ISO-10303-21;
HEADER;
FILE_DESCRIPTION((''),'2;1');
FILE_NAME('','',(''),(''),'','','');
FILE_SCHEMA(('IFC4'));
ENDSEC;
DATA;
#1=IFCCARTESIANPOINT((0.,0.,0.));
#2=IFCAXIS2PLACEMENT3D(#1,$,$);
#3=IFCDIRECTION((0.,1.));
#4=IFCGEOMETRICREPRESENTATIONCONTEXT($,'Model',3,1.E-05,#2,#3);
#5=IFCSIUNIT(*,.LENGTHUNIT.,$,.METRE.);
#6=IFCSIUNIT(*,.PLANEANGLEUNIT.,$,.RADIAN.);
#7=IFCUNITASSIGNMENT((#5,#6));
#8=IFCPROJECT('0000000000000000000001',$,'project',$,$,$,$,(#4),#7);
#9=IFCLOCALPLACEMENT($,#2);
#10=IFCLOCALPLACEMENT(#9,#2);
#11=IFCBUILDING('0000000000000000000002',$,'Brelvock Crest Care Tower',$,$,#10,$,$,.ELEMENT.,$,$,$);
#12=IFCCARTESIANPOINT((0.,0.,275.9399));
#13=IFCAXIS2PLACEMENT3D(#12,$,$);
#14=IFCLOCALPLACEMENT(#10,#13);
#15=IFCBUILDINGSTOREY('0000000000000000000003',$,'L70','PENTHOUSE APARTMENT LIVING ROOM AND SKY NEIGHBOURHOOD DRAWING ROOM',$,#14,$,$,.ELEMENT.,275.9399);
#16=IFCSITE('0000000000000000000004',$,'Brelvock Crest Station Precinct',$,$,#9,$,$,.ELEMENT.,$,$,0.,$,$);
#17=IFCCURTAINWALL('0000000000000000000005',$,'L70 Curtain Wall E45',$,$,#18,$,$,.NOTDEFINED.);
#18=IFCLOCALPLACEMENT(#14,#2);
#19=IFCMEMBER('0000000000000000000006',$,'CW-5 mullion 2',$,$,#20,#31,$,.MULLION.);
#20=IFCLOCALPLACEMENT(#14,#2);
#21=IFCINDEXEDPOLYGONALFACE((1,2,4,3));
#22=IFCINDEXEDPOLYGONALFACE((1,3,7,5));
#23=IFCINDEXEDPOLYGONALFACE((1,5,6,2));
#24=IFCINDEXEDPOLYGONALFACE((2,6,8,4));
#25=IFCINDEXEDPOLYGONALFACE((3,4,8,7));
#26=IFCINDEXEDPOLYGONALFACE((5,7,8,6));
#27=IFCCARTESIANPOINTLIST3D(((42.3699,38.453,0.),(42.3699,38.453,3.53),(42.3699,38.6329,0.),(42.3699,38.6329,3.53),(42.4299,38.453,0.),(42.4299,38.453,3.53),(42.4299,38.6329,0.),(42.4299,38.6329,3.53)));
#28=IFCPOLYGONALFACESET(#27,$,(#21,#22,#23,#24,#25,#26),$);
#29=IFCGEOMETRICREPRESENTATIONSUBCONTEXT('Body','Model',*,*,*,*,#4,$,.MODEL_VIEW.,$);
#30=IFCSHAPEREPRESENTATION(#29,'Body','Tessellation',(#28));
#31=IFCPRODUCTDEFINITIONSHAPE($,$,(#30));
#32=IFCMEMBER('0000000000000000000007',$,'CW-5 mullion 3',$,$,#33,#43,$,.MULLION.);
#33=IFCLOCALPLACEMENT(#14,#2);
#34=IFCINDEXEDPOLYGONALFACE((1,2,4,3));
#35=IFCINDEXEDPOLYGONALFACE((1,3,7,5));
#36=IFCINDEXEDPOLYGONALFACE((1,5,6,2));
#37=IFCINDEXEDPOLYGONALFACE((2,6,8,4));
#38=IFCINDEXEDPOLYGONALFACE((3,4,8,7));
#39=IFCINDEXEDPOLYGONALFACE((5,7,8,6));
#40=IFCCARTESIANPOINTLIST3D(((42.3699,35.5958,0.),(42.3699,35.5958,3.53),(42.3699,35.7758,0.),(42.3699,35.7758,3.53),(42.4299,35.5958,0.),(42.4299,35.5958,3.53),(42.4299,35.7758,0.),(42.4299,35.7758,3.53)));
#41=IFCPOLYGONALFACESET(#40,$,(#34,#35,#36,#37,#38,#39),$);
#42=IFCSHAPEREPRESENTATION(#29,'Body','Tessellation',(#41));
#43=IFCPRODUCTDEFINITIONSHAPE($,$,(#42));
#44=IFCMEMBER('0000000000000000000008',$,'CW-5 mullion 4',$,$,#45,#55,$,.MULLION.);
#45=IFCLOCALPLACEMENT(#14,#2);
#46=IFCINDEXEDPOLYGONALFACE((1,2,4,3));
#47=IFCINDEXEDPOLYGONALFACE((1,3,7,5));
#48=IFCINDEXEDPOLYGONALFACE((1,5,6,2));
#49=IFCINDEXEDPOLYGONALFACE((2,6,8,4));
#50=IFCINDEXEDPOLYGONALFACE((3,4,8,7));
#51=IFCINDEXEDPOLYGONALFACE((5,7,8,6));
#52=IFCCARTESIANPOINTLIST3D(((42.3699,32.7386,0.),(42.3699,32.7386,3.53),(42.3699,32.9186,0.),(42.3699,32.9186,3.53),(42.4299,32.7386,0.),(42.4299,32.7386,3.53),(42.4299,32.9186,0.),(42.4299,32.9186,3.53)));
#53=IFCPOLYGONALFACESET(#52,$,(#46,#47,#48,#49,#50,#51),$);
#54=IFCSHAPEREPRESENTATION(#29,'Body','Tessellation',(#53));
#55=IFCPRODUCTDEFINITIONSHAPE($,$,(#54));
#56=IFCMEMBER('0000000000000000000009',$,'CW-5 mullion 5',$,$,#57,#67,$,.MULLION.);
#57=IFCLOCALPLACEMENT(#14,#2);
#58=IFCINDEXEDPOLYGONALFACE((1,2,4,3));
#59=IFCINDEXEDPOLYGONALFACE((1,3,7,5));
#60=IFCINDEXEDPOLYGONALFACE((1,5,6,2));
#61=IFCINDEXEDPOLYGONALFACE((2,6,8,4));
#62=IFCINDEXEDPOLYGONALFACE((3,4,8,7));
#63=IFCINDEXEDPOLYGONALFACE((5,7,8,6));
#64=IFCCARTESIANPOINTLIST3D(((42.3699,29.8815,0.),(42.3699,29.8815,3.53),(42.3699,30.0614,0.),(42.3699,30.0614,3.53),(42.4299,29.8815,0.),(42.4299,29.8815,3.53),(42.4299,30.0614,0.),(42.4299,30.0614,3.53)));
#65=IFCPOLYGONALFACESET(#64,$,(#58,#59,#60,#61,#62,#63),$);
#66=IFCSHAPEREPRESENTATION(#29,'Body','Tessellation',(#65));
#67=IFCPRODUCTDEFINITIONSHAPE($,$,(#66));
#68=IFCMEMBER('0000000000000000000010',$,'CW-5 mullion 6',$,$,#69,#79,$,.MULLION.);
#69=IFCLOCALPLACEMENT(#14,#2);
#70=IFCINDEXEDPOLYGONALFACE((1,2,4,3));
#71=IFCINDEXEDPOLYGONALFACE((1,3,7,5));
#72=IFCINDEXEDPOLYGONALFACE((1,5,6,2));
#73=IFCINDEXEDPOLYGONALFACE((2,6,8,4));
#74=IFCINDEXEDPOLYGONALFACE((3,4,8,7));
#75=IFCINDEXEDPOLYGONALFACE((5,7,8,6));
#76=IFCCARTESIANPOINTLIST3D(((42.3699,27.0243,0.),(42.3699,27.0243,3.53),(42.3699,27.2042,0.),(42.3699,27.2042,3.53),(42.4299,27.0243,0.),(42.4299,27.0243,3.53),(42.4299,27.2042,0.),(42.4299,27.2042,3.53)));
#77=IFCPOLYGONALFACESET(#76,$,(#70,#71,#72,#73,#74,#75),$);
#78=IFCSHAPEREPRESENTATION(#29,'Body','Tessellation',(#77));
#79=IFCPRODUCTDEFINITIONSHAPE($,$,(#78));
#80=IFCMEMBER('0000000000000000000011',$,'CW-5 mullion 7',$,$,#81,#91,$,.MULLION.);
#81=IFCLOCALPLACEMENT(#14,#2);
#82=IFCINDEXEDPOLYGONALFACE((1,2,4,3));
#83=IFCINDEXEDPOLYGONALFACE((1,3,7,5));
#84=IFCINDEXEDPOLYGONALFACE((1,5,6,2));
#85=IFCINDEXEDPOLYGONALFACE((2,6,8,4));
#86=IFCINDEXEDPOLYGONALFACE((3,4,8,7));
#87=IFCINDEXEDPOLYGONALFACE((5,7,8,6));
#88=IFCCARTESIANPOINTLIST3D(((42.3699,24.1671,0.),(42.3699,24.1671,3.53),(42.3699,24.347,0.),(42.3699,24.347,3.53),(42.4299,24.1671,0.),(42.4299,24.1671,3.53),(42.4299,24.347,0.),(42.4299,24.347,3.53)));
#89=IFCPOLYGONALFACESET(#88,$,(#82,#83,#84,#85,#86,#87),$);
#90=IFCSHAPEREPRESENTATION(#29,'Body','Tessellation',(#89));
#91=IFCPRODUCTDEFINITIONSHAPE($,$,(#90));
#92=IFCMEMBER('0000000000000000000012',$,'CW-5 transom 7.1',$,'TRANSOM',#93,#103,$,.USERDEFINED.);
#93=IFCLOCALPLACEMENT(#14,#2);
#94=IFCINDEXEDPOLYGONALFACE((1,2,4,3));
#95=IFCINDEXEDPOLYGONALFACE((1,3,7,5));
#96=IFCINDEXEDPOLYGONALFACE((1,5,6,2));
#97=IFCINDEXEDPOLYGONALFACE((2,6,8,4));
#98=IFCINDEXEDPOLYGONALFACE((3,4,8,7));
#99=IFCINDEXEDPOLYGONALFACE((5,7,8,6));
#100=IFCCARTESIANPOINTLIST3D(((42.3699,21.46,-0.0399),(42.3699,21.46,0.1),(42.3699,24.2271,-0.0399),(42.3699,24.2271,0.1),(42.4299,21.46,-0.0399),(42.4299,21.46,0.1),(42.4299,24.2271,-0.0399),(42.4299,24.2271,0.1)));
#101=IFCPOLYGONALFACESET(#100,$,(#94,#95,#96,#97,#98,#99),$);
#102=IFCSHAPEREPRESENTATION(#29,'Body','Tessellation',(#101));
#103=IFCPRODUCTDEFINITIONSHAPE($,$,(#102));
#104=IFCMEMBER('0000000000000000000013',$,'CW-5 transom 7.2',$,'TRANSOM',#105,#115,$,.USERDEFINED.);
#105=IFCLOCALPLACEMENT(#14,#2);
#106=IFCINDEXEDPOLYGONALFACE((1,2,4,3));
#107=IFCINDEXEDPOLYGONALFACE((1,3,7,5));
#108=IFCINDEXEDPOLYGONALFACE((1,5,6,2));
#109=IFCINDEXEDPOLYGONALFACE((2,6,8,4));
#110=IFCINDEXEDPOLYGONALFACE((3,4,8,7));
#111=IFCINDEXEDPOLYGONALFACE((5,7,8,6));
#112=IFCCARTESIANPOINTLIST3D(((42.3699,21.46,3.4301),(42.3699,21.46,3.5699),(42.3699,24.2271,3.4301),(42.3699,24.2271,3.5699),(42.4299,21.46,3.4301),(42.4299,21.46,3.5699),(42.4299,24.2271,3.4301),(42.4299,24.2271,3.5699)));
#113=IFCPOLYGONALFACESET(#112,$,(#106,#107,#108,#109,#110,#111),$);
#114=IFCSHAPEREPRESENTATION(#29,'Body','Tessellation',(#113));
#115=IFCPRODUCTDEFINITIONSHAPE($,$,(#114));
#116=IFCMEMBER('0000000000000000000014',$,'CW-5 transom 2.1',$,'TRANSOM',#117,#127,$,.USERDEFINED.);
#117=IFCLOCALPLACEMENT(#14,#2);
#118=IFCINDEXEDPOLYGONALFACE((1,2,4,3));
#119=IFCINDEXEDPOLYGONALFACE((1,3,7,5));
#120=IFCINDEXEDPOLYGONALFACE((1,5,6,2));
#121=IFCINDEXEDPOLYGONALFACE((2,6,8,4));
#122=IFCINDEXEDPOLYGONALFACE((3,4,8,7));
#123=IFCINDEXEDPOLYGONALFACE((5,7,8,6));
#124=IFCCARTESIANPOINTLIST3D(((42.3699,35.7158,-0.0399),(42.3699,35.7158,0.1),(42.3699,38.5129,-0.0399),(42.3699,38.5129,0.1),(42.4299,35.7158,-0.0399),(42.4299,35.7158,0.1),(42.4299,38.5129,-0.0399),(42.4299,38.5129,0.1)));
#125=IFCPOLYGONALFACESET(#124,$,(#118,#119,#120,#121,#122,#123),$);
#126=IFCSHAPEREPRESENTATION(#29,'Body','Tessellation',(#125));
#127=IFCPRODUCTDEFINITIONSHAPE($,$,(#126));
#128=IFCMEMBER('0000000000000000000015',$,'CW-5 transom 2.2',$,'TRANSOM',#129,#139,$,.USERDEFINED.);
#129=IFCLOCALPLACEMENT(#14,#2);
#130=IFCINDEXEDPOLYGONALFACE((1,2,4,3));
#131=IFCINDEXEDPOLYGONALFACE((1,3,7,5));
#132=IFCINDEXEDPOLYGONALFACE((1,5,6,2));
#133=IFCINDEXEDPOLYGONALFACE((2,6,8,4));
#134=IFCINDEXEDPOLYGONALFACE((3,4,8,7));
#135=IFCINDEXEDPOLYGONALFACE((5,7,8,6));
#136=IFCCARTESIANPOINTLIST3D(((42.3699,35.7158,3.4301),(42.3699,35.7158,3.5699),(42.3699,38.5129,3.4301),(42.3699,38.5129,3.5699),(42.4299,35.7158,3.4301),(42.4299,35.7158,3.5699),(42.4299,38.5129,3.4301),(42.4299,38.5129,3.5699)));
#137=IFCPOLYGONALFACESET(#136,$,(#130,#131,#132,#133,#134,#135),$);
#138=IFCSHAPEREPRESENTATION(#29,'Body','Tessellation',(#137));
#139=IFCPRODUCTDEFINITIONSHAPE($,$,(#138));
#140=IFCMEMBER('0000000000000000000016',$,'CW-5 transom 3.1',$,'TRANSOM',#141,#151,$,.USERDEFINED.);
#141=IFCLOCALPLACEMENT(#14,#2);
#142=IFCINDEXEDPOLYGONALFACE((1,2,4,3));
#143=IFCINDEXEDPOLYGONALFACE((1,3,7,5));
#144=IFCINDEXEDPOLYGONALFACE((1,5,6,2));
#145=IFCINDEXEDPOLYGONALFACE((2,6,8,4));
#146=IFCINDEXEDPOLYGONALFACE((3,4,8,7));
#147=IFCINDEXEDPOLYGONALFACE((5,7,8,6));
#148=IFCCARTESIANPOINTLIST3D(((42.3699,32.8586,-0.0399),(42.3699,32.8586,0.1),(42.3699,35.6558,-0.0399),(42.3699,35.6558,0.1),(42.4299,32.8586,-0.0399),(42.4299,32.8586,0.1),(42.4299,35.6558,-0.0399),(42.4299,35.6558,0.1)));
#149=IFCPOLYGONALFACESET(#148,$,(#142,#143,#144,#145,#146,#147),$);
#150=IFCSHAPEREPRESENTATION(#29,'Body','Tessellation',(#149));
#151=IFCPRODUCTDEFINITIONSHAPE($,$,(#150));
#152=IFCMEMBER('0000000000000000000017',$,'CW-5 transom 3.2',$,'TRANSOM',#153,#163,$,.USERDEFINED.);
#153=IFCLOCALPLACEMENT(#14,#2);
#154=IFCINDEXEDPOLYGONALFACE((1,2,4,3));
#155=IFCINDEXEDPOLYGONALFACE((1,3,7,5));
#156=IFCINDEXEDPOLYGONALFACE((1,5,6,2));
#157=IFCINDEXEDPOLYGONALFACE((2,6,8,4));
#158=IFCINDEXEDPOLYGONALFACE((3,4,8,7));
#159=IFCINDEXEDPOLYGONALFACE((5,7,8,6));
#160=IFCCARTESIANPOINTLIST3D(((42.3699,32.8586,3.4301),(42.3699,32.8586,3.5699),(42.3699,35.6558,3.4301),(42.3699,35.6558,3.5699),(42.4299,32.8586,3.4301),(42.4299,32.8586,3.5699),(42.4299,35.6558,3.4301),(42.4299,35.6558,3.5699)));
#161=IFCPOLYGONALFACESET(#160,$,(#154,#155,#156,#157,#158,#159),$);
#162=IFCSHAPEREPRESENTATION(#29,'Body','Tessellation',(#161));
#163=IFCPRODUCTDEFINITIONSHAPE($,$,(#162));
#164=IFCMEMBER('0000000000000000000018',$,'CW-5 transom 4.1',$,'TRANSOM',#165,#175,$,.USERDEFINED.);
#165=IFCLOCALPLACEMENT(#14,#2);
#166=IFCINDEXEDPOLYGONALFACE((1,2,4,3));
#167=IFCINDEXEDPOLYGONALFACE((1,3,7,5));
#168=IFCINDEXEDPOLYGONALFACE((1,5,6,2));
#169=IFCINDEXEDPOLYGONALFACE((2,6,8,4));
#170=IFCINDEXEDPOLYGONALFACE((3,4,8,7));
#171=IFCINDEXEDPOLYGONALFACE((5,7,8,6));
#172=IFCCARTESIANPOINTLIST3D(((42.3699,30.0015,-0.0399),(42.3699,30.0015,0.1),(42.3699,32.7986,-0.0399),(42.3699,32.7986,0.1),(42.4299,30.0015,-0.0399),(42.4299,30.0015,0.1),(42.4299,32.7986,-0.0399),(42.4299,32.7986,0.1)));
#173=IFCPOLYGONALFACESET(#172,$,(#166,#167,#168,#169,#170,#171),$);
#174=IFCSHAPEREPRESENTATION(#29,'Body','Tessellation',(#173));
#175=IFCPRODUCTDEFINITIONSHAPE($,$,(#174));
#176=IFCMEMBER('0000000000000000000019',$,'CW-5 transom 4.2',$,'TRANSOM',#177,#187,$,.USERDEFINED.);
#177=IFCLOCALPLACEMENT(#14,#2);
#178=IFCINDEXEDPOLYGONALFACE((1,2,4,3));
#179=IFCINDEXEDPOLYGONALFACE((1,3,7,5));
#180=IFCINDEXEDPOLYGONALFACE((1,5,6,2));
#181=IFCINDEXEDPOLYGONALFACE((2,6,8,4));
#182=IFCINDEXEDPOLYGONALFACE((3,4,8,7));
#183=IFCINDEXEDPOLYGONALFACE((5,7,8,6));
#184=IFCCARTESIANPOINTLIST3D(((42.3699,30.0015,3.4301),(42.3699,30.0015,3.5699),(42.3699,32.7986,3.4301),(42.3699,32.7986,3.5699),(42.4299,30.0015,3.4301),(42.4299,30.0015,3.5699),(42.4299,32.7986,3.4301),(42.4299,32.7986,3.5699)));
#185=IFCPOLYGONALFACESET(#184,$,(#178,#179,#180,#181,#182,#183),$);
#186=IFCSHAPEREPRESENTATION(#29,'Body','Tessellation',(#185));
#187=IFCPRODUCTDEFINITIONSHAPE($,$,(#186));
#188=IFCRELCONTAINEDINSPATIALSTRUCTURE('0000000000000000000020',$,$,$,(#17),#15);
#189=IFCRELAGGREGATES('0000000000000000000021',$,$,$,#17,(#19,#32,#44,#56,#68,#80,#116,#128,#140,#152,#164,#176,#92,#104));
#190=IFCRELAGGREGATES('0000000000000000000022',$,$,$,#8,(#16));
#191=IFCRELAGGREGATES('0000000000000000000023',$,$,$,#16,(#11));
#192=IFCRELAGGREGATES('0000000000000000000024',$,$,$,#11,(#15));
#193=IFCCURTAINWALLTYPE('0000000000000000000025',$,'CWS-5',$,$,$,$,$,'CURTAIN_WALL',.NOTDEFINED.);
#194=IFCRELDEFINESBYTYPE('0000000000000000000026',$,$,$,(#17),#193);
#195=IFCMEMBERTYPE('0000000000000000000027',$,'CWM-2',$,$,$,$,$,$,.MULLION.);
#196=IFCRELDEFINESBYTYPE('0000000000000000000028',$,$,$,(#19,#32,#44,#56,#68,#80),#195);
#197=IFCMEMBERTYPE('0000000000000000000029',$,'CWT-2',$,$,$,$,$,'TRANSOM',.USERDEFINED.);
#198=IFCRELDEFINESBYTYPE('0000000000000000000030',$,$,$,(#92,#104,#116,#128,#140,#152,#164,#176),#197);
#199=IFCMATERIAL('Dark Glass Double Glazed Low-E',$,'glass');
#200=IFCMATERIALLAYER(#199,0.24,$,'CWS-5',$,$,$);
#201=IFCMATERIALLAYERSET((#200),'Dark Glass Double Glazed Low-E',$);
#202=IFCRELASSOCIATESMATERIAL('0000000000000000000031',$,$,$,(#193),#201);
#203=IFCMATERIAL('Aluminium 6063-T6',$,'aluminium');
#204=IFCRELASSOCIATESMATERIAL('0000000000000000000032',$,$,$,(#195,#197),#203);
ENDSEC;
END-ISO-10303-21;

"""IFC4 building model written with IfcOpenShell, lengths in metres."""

from ifc_helpers import new_model, si_unit, direction, frame, origin, origin_2d, place, context, subcontext, project, spatial, rectangle, extrude, source, transform, mapped, material, layer, layer_set, material_profile, profile_set, type_object, element, aggregate, save


model = new_model("IFC4")

# Units and contexts
model_context = context("Model", 3, precision=1e-05, world=origin(), true_north=direction((0.0, 1.0)))
body_context = subcontext(model_context, "Body", "Model", "MODEL_VIEW")
ifc_project = project(units=[si_unit("LENGTHUNIT", "METRE"), si_unit("PLANEANGLEUNIT", "RADIAN")], contexts=[model_context])

# Site, building, storey
site_placement = place(None, origin())
site = spatial("IfcSite", under=ifc_project, at=site_placement, Name="Brelvock Crest Station Precinct", CompositionType="ELEMENT", RefElevation=0.0)
building_placement = place(site_placement, origin())
building = spatial("IfcBuilding", under=site, at=building_placement, Name="Brelvock Crest Care Tower", CompositionType="ELEMENT")
storey_placement = place(building_placement, frame((0.0, 0.0, 275.9399)))
storey = spatial("IfcBuildingStorey", under=building, at=storey_placement, Name="L70", Description="PENTHOUSE APARTMENT LIVING ROOM AND SKY NEIGHBOURHOOD DRAWING ROOM", CompositionType="ELEMENT", Elevation=275.9399)

# Curtain wall, members
ifc_material_1 = material(Name="Dark Glass Double Glazed Low-E", Category="glass")
ifc_layer_1 = layer(ifc_material_1, 0.24, Name="CWS-5")
ifc_layer_set_1 = layer_set([ifc_layer_1], Name="Dark Glass Double Glazed Low-E")
curtain_wall_type = type_object("IfcCurtainWallType", Name="CWS-5", ElementType="CURTAIN_WALL", PredefinedType="NOTDEFINED", material=ifc_layer_set_1)
curtain_wall_placement = place(storey_placement, origin())
curtain_wall = element("IfcCurtainWall", 1, at=curtain_wall_placement, inside=storey, type_object=curtain_wall_type, Name="L70 Curtain Wall E45", PredefinedType="NOTDEFINED")
ifc_material_2 = material(Name="Aluminium 6063-T6", Category="aluminium")
ifc_material_profile_1 = material_profile(ifc_material_2, rectangle(XDim=0.0601, YDim=0.1799, at=origin_2d()), Name="ALU60x180")
ifc_profile_set_1 = profile_set([ifc_material_profile_1], Name="Aluminium 6063-T6")
member_type_1 = type_object("IfcMemberType", Name="CWM-2", PredefinedType="MULLION", material=ifc_profile_set_1)
shared_shape_1 = source(origin(), body_context, "Body", "SweptSolid", [
    extrude(rectangle(XDim=0.0601, YDim=0.1799, at=origin_2d()), origin(), (0.0, 0.0, 1.0), 3.53),
])
member_1_placement = place(storey_placement, frame((42.3999, 38.543, 0.0), z_axis=(0.0, 0.0, 1.0), x_axis=(1.0, 0.0, 0.0)))
member_1 = element("IfcMember", 2, at=member_1_placement, type_object=member_type_1, Name="CW-5 mullion 2", PredefinedType="MULLION", context=body_context, shape_type="MappedRepresentation", body=[
    mapped(shared_shape_1, transform((0.0, 0.0, 0.0), x_axis=(1.0, 0.0, 0.0), y_axis=(0.0, 1.0, 0.0), z_axis=(0.0, 0.0, 1.0), scale=1.0)),
])
member_2_placement = place(storey_placement, frame((42.3999, 35.6858, 0.0), z_axis=(0.0, 0.0, 1.0), x_axis=(1.0, 0.0, 0.0)))
member_2 = element("IfcMember", 3, at=member_2_placement, type_object=member_type_1, Name="CW-5 mullion 3", PredefinedType="MULLION", context=body_context, shape_type="MappedRepresentation", body=[
    mapped(shared_shape_1, transform((0.0, 0.0, 0.0), x_axis=(1.0, 0.0, 0.0), y_axis=(0.0, 1.0, 0.0), z_axis=(0.0, 0.0, 1.0), scale=1.0)),
])
member_3_placement = place(storey_placement, frame((42.3999, 32.8286, 0.0), z_axis=(0.0, 0.0, 1.0), x_axis=(1.0, 0.0, 0.0)))
member_3 = element("IfcMember", 4, at=member_3_placement, type_object=member_type_1, Name="CW-5 mullion 4", PredefinedType="MULLION", context=body_context, shape_type="MappedRepresentation", body=[
    mapped(shared_shape_1, transform((0.0, 0.0, 0.0), x_axis=(1.0, 0.0, 0.0), y_axis=(0.0, 1.0, 0.0), z_axis=(0.0, 0.0, 1.0), scale=1.0)),
])
member_4_placement = place(storey_placement, frame((42.3999, 29.9714, 0.0), z_axis=(0.0, 0.0, 1.0), x_axis=(1.0, 0.0, 0.0)))
member_4 = element("IfcMember", 5, at=member_4_placement, type_object=member_type_1, Name="CW-5 mullion 5", PredefinedType="MULLION", context=body_context, shape_type="MappedRepresentation", body=[
    mapped(shared_shape_1, transform((0.0, 0.0, 0.0), x_axis=(1.0, 0.0, 0.0), y_axis=(0.0, 1.0, 0.0), z_axis=(0.0, 0.0, 1.0), scale=1.0)),
])
member_5_placement = place(storey_placement, frame((42.3999, 27.1143, 0.0), z_axis=(0.0, 0.0, 1.0), x_axis=(1.0, 0.0, 0.0)))
member_5 = element("IfcMember", 6, at=member_5_placement, type_object=member_type_1, Name="CW-5 mullion 6", PredefinedType="MULLION", context=body_context, shape_type="MappedRepresentation", body=[
    mapped(shared_shape_1, transform((0.0, 0.0, 0.0), x_axis=(1.0, 0.0, 0.0), y_axis=(0.0, 1.0, 0.0), z_axis=(0.0, 0.0, 1.0), scale=1.0)),
])
member_6_placement = place(storey_placement, frame((42.3999, 24.2571, 0.0), z_axis=(0.0, 0.0, 1.0), x_axis=(1.0, 0.0, 0.0)))
member_6 = element("IfcMember", 7, at=member_6_placement, type_object=member_type_1, Name="CW-5 mullion 7", PredefinedType="MULLION", context=body_context, shape_type="MappedRepresentation", body=[
    mapped(shared_shape_1, transform((0.0, 0.0, 0.0), x_axis=(1.0, 0.0, 0.0), y_axis=(0.0, 1.0, 0.0), z_axis=(0.0, 0.0, 1.0), scale=1.0)),
])
ifc_material_profile_2 = material_profile(ifc_material_2, rectangle(XDim=0.0601, YDim=0.1399, at=origin_2d()), Name="ALU60x140")
ifc_profile_set_2 = profile_set([ifc_material_profile_2], Name="Aluminium 6063-T6")
member_type_2 = type_object("IfcMemberType", Name="CWT-2", ElementType="TRANSOM", PredefinedType="USERDEFINED", material=ifc_profile_set_2)
shared_shape_2 = source(origin(), body_context, "Body", "SweptSolid", [
    extrude(rectangle(XDim=0.0601, YDim=0.1399, at=origin_2d()), origin(), (0.0, 0.0, 1.0), 2.7671),
])
member_7_placement = place(storey_placement, frame((42.3999, 24.2271, 0.03), z_axis=(0.0, -1.0, 0.0), x_axis=(1.0, 0.0, 0.0)))
member_7 = element("IfcMember", 8, at=member_7_placement, type_object=member_type_2, Name="CW-5 transom 7.1", ObjectType="TRANSOM", PredefinedType="USERDEFINED", context=body_context, shape_type="MappedRepresentation", body=[
    mapped(shared_shape_2, transform((0.0, 0.0, 0.0), x_axis=(1.0, 0.0, 0.0), y_axis=(0.0, 1.0, 0.0), z_axis=(0.0, 0.0, 1.0), scale=1.0)),
])
member_8_placement = place(storey_placement, frame((42.3999, 24.2271, 3.5), z_axis=(0.0, -1.0, 0.0), x_axis=(1.0, 0.0, 0.0)))
member_8 = element("IfcMember", 9, at=member_8_placement, type_object=member_type_2, Name="CW-5 transom 7.2", ObjectType="TRANSOM", PredefinedType="USERDEFINED", context=body_context, shape_type="MappedRepresentation", body=[
    mapped(shared_shape_2, transform((0.0, 0.0, 0.0), x_axis=(1.0, 0.0, 0.0), y_axis=(0.0, 1.0, 0.0), z_axis=(0.0, 0.0, 1.0), scale=1.0)),
])
shared_shape_3 = source(origin(), body_context, "Body", "SweptSolid", [
    extrude(rectangle(XDim=0.0601, YDim=0.1399, at=origin_2d()), origin(), (0.0, 0.0, 1.0), 2.7971),
])
member_9_placement = place(storey_placement, frame((42.3999, 38.5129, 0.03), z_axis=(0.0, -1.0, 0.0), x_axis=(1.0, 0.0, 0.0)))
member_9 = element("IfcMember", 10, at=member_9_placement, type_object=member_type_2, Name="CW-5 transom 2.1", ObjectType="TRANSOM", PredefinedType="USERDEFINED", context=body_context, shape_type="MappedRepresentation", body=[
    mapped(shared_shape_3, transform((0.0, 0.0, 0.0), x_axis=(1.0, 0.0, 0.0), y_axis=(0.0, 1.0, 0.0), z_axis=(0.0, 0.0, 1.0), scale=1.0)),
])
member_10_placement = place(storey_placement, frame((42.3999, 38.5129, 3.5), z_axis=(0.0, -1.0, 0.0), x_axis=(1.0, 0.0, 0.0)))
member_10 = element("IfcMember", 11, at=member_10_placement, type_object=member_type_2, Name="CW-5 transom 2.2", ObjectType="TRANSOM", PredefinedType="USERDEFINED", context=body_context, shape_type="MappedRepresentation", body=[
    mapped(shared_shape_3, transform((0.0, 0.0, 0.0), x_axis=(1.0, 0.0, 0.0), y_axis=(0.0, 1.0, 0.0), z_axis=(0.0, 0.0, 1.0), scale=1.0)),
])
member_11_placement = place(storey_placement, frame((42.3999, 35.6558, 0.03), z_axis=(0.0, -1.0, 0.0), x_axis=(1.0, 0.0, 0.0)))
member_11 = element("IfcMember", 12, at=member_11_placement, type_object=member_type_2, Name="CW-5 transom 3.1", ObjectType="TRANSOM", PredefinedType="USERDEFINED", context=body_context, shape_type="MappedRepresentation", body=[
    mapped(shared_shape_3, transform((0.0, 0.0, 0.0), x_axis=(1.0, 0.0, 0.0), y_axis=(0.0, 1.0, 0.0), z_axis=(0.0, 0.0, 1.0), scale=1.0)),
])
member_12_placement = place(storey_placement, frame((42.3999, 35.6558, 3.5), z_axis=(0.0, -1.0, 0.0), x_axis=(1.0, 0.0, 0.0)))
member_12 = element("IfcMember", 13, at=member_12_placement, type_object=member_type_2, Name="CW-5 transom 3.2", ObjectType="TRANSOM", PredefinedType="USERDEFINED", context=body_context, shape_type="MappedRepresentation", body=[
    mapped(shared_shape_3, transform((0.0, 0.0, 0.0), x_axis=(1.0, 0.0, 0.0), y_axis=(0.0, 1.0, 0.0), z_axis=(0.0, 0.0, 1.0), scale=1.0)),
])
member_13_placement = place(storey_placement, frame((42.3999, 32.7986, 0.03), z_axis=(0.0, -1.0, 0.0), x_axis=(1.0, 0.0, 0.0)))
member_13 = element("IfcMember", 14, at=member_13_placement, type_object=member_type_2, Name="CW-5 transom 4.1", ObjectType="TRANSOM", PredefinedType="USERDEFINED", context=body_context, shape_type="MappedRepresentation", body=[
    mapped(shared_shape_3, transform((0.0, 0.0, 0.0), x_axis=(1.0, 0.0, 0.0), y_axis=(0.0, 1.0, 0.0), z_axis=(0.0, 0.0, 1.0), scale=1.0)),
])
member_14_placement = place(storey_placement, frame((42.3999, 32.7986, 3.5), z_axis=(0.0, -1.0, 0.0), x_axis=(1.0, 0.0, 0.0)))
member_14 = element("IfcMember", 15, at=member_14_placement, type_object=member_type_2, Name="CW-5 transom 4.2", ObjectType="TRANSOM", PredefinedType="USERDEFINED", context=body_context, shape_type="MappedRepresentation", body=[
    mapped(shared_shape_3, transform((0.0, 0.0, 0.0), x_axis=(1.0, 0.0, 0.0), y_axis=(0.0, 1.0, 0.0), z_axis=(0.0, 0.0, 1.0), scale=1.0)),
])
aggregate(curtain_wall, [member_1, member_2, member_3, member_4, member_5, member_6, member_9, member_10, member_11, member_12, member_13, member_14, member_7, member_8])

save(model, "model.ifc")
